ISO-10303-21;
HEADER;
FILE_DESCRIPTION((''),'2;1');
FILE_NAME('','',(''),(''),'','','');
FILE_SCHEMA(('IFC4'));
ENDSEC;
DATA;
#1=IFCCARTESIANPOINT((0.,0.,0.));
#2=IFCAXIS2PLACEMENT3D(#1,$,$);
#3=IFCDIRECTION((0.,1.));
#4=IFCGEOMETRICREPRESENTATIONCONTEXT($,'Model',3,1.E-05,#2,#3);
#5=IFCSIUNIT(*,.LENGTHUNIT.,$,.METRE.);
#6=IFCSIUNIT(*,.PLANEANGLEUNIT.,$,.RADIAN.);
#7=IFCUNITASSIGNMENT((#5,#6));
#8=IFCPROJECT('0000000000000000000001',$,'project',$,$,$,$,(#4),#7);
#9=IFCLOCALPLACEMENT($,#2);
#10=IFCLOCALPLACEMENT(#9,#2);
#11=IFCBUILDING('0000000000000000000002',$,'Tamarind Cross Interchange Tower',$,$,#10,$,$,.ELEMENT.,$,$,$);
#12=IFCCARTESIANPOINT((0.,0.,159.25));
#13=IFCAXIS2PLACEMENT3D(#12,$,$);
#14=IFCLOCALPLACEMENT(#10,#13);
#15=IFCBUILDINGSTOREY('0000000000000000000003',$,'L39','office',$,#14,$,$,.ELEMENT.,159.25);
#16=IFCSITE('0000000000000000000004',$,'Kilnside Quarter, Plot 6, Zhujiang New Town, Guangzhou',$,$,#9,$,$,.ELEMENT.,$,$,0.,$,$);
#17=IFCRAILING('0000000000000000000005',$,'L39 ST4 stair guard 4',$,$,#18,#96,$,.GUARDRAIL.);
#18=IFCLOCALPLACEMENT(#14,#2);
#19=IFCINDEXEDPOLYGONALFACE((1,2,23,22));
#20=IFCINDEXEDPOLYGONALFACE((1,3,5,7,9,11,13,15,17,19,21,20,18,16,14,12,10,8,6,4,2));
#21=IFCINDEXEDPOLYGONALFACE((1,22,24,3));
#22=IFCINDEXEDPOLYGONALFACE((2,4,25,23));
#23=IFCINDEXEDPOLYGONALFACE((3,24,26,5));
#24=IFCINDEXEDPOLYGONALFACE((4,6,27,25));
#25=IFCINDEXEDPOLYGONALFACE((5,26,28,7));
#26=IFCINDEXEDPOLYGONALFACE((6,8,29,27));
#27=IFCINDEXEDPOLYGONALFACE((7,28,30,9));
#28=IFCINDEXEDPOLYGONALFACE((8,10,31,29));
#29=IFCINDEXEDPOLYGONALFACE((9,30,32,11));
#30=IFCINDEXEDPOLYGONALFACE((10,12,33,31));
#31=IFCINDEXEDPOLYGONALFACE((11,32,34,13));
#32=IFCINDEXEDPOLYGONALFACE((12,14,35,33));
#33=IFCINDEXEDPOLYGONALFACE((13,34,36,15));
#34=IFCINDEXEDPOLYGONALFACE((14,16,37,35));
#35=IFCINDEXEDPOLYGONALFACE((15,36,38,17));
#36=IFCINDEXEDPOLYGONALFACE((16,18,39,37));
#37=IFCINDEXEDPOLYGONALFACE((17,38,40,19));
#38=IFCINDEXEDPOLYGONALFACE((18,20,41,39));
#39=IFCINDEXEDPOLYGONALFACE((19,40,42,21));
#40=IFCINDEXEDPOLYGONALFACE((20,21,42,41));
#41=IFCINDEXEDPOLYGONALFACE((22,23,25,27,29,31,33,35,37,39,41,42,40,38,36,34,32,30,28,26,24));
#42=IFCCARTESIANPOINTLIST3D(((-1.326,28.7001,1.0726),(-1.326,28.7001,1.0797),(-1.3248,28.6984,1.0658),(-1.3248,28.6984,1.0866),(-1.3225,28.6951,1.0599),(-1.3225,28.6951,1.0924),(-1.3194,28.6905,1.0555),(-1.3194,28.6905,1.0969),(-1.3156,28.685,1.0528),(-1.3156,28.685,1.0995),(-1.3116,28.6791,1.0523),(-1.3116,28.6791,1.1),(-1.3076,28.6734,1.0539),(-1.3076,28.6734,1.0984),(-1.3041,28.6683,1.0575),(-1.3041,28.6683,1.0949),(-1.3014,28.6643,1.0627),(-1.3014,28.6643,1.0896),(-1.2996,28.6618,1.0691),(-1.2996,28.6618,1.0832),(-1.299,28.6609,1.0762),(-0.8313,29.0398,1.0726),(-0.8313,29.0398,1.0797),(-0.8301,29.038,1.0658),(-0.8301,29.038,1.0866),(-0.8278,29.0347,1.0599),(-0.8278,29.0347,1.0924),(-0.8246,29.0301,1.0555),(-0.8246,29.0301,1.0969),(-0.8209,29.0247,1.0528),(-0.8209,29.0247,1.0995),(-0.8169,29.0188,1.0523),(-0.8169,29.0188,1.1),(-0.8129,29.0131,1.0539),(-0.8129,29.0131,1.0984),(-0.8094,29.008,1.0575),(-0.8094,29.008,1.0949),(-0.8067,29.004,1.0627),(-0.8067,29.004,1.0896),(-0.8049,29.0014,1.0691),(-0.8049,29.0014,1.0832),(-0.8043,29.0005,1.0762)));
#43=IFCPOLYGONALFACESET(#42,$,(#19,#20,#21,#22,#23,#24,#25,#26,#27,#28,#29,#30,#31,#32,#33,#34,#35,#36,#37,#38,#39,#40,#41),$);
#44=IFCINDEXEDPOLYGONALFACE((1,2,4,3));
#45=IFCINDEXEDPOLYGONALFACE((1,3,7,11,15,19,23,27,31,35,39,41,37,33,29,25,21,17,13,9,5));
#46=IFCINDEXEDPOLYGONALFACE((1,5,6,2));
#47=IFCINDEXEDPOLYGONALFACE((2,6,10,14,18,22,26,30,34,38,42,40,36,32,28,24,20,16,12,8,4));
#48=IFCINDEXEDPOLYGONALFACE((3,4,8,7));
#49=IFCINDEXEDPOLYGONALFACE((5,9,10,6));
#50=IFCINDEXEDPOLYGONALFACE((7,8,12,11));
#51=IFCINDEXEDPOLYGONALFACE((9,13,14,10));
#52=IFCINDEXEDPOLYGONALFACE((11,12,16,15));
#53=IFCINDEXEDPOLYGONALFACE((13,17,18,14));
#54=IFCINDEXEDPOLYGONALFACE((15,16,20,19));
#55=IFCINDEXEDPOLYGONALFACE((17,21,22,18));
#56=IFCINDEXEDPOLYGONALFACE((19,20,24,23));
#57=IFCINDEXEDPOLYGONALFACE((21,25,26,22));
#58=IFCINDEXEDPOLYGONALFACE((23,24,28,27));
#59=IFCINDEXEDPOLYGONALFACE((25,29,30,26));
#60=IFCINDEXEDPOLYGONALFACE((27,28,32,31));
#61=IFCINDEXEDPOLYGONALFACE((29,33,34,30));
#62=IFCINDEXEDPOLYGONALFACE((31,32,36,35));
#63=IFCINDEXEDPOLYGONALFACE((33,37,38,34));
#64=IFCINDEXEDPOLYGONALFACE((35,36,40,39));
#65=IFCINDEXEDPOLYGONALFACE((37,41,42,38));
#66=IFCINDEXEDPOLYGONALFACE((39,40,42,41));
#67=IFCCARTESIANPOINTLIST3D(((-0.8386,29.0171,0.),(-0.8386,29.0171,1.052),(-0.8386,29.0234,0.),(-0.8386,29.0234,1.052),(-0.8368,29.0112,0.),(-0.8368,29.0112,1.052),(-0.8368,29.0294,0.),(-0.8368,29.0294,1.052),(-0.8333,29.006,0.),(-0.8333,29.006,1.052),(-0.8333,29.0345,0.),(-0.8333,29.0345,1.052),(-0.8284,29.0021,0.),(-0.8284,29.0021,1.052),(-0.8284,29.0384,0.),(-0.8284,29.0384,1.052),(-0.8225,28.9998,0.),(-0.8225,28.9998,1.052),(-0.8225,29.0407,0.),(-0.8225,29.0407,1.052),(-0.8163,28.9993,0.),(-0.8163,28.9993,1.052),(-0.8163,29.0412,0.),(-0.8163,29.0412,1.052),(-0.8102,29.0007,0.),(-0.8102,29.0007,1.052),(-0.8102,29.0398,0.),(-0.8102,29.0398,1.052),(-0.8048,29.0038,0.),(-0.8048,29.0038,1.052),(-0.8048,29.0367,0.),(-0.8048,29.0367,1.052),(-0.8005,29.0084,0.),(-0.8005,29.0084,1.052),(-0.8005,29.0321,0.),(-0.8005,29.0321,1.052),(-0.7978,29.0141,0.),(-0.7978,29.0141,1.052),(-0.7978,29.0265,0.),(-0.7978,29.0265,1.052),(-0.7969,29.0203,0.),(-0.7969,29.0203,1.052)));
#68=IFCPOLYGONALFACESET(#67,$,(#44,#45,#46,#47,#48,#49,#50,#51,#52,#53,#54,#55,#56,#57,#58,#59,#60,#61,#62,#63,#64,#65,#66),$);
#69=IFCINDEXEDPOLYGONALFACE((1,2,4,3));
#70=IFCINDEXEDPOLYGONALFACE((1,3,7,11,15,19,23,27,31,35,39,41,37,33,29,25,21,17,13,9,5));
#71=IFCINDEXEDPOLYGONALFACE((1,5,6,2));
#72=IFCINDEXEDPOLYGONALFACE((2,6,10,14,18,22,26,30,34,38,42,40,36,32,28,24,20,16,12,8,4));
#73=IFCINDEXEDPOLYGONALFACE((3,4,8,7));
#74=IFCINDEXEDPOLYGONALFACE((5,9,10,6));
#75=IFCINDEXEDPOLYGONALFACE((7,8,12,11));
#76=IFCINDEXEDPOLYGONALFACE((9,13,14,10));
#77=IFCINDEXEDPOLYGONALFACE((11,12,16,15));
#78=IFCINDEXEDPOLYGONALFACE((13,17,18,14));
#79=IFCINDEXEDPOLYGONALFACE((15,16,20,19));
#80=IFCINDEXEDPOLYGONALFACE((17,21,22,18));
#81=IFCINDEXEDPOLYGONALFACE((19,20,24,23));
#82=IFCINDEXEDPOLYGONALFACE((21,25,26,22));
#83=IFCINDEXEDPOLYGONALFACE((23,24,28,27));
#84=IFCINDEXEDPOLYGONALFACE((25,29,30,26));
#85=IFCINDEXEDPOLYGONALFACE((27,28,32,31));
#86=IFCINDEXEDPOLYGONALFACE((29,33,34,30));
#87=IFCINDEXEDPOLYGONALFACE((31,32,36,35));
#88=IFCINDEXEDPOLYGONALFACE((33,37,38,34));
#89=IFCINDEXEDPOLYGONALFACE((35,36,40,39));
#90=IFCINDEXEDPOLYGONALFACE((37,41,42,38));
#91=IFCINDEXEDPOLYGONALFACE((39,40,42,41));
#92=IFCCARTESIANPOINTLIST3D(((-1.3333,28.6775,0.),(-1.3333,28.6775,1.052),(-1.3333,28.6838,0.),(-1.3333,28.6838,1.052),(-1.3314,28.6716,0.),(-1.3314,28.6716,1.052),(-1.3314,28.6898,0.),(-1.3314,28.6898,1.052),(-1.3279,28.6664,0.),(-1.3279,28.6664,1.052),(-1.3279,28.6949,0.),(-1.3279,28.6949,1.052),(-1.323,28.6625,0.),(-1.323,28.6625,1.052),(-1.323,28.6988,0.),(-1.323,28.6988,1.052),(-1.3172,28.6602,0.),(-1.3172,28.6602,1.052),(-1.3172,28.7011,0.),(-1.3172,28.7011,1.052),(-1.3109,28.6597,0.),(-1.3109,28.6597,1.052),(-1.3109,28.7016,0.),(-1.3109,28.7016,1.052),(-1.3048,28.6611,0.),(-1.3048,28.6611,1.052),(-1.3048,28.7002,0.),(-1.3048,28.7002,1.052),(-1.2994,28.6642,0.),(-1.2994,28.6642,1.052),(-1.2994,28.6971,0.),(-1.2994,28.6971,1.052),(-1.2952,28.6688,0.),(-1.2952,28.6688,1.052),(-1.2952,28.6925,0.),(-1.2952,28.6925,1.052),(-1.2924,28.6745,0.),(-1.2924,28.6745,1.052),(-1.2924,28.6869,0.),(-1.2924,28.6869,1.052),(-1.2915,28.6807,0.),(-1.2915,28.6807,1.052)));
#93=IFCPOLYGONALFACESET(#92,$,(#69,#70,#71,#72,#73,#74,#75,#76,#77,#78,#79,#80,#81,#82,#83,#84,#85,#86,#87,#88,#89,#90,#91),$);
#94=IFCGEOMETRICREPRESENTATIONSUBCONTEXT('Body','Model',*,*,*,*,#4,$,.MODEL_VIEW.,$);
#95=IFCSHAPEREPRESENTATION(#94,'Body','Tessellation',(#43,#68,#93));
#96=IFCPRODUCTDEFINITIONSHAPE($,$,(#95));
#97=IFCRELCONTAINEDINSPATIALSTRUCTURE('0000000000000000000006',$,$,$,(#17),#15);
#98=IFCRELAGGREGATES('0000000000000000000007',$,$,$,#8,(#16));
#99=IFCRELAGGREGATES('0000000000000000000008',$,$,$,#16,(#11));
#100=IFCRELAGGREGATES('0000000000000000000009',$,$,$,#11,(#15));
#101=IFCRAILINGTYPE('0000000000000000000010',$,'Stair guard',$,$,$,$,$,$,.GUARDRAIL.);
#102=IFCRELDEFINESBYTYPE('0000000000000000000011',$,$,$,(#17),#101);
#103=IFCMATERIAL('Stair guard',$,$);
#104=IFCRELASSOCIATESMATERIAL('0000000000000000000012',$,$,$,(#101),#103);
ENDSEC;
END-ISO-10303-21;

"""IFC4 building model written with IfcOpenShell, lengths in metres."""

from ifc_helpers import new_model, si_unit, direction, frame, origin, origin_2d, place, context, subcontext, project, spatial, circle, extrude, material, type_object, element, save


model = new_model("IFC4")

# Units and contexts
model_context = context("Model", 3, precision=1e-05, world=origin(), true_north=direction((0.0, 1.0)))
body_context = subcontext(model_context, "Body", "Model", "MODEL_VIEW")
ifc_project = project(units=[si_unit("LENGTHUNIT", "METRE"), si_unit("PLANEANGLEUNIT", "RADIAN")], contexts=[model_context])

# Site, building, storey
site_placement = place(None, origin())
site = spatial("IfcSite", under=ifc_project, at=site_placement, Name="Kilnside Quarter, Plot 6, Zhujiang New Town, Guangzhou", CompositionType="ELEMENT", RefElevation=0.0)
building_placement = place(site_placement, origin())
building = spatial("IfcBuilding", under=site, at=building_placement, Name="Tamarind Cross Interchange Tower", CompositionType="ELEMENT")
storey_placement = place(building_placement, frame((0.0, 0.0, 159.25)))
storey = spatial("IfcBuildingStorey", under=building, at=storey_placement, Name="L39", Description="office", CompositionType="ELEMENT", Elevation=159.25)

# Railing
ifc_material_1 = material(Name="Stair guard")
railing_type_1 = type_object("IfcRailingType", Name="Stair guard", PredefinedType="GUARDRAIL", material=ifc_material_1)
railing_1_placement = place(storey_placement, frame((-0.8179, 29.0203, 0.0)))
element("IfcRailing", 1, at=railing_1_placement, inside=storey, type_object=railing_type_1, Name="L39 ST4 stair guard 4", PredefinedType="GUARDRAIL", context=body_context, shape_type="SweptSolid", body=[
    extrude(circle(Radius=0.0239, at=origin_2d()), frame((0.0, 0.0, 1.0762), z_axis=(-0.824398, -0.566011, 0.0), x_axis=(0.566011, -0.824398, 0.0)), (0.0, 0.0, 1.0), 0.6001),
    extrude(circle(Radius=0.021, at=origin_2d()), origin(), (0.0, 0.0, 1.0), 1.052),
    extrude(circle(Radius=0.021, at=origin_2d()), frame((-0.4946, -0.3396, 0.0)), (0.0, 0.0, 1.0), 1.052),
])

save(model, "model.ifc")
